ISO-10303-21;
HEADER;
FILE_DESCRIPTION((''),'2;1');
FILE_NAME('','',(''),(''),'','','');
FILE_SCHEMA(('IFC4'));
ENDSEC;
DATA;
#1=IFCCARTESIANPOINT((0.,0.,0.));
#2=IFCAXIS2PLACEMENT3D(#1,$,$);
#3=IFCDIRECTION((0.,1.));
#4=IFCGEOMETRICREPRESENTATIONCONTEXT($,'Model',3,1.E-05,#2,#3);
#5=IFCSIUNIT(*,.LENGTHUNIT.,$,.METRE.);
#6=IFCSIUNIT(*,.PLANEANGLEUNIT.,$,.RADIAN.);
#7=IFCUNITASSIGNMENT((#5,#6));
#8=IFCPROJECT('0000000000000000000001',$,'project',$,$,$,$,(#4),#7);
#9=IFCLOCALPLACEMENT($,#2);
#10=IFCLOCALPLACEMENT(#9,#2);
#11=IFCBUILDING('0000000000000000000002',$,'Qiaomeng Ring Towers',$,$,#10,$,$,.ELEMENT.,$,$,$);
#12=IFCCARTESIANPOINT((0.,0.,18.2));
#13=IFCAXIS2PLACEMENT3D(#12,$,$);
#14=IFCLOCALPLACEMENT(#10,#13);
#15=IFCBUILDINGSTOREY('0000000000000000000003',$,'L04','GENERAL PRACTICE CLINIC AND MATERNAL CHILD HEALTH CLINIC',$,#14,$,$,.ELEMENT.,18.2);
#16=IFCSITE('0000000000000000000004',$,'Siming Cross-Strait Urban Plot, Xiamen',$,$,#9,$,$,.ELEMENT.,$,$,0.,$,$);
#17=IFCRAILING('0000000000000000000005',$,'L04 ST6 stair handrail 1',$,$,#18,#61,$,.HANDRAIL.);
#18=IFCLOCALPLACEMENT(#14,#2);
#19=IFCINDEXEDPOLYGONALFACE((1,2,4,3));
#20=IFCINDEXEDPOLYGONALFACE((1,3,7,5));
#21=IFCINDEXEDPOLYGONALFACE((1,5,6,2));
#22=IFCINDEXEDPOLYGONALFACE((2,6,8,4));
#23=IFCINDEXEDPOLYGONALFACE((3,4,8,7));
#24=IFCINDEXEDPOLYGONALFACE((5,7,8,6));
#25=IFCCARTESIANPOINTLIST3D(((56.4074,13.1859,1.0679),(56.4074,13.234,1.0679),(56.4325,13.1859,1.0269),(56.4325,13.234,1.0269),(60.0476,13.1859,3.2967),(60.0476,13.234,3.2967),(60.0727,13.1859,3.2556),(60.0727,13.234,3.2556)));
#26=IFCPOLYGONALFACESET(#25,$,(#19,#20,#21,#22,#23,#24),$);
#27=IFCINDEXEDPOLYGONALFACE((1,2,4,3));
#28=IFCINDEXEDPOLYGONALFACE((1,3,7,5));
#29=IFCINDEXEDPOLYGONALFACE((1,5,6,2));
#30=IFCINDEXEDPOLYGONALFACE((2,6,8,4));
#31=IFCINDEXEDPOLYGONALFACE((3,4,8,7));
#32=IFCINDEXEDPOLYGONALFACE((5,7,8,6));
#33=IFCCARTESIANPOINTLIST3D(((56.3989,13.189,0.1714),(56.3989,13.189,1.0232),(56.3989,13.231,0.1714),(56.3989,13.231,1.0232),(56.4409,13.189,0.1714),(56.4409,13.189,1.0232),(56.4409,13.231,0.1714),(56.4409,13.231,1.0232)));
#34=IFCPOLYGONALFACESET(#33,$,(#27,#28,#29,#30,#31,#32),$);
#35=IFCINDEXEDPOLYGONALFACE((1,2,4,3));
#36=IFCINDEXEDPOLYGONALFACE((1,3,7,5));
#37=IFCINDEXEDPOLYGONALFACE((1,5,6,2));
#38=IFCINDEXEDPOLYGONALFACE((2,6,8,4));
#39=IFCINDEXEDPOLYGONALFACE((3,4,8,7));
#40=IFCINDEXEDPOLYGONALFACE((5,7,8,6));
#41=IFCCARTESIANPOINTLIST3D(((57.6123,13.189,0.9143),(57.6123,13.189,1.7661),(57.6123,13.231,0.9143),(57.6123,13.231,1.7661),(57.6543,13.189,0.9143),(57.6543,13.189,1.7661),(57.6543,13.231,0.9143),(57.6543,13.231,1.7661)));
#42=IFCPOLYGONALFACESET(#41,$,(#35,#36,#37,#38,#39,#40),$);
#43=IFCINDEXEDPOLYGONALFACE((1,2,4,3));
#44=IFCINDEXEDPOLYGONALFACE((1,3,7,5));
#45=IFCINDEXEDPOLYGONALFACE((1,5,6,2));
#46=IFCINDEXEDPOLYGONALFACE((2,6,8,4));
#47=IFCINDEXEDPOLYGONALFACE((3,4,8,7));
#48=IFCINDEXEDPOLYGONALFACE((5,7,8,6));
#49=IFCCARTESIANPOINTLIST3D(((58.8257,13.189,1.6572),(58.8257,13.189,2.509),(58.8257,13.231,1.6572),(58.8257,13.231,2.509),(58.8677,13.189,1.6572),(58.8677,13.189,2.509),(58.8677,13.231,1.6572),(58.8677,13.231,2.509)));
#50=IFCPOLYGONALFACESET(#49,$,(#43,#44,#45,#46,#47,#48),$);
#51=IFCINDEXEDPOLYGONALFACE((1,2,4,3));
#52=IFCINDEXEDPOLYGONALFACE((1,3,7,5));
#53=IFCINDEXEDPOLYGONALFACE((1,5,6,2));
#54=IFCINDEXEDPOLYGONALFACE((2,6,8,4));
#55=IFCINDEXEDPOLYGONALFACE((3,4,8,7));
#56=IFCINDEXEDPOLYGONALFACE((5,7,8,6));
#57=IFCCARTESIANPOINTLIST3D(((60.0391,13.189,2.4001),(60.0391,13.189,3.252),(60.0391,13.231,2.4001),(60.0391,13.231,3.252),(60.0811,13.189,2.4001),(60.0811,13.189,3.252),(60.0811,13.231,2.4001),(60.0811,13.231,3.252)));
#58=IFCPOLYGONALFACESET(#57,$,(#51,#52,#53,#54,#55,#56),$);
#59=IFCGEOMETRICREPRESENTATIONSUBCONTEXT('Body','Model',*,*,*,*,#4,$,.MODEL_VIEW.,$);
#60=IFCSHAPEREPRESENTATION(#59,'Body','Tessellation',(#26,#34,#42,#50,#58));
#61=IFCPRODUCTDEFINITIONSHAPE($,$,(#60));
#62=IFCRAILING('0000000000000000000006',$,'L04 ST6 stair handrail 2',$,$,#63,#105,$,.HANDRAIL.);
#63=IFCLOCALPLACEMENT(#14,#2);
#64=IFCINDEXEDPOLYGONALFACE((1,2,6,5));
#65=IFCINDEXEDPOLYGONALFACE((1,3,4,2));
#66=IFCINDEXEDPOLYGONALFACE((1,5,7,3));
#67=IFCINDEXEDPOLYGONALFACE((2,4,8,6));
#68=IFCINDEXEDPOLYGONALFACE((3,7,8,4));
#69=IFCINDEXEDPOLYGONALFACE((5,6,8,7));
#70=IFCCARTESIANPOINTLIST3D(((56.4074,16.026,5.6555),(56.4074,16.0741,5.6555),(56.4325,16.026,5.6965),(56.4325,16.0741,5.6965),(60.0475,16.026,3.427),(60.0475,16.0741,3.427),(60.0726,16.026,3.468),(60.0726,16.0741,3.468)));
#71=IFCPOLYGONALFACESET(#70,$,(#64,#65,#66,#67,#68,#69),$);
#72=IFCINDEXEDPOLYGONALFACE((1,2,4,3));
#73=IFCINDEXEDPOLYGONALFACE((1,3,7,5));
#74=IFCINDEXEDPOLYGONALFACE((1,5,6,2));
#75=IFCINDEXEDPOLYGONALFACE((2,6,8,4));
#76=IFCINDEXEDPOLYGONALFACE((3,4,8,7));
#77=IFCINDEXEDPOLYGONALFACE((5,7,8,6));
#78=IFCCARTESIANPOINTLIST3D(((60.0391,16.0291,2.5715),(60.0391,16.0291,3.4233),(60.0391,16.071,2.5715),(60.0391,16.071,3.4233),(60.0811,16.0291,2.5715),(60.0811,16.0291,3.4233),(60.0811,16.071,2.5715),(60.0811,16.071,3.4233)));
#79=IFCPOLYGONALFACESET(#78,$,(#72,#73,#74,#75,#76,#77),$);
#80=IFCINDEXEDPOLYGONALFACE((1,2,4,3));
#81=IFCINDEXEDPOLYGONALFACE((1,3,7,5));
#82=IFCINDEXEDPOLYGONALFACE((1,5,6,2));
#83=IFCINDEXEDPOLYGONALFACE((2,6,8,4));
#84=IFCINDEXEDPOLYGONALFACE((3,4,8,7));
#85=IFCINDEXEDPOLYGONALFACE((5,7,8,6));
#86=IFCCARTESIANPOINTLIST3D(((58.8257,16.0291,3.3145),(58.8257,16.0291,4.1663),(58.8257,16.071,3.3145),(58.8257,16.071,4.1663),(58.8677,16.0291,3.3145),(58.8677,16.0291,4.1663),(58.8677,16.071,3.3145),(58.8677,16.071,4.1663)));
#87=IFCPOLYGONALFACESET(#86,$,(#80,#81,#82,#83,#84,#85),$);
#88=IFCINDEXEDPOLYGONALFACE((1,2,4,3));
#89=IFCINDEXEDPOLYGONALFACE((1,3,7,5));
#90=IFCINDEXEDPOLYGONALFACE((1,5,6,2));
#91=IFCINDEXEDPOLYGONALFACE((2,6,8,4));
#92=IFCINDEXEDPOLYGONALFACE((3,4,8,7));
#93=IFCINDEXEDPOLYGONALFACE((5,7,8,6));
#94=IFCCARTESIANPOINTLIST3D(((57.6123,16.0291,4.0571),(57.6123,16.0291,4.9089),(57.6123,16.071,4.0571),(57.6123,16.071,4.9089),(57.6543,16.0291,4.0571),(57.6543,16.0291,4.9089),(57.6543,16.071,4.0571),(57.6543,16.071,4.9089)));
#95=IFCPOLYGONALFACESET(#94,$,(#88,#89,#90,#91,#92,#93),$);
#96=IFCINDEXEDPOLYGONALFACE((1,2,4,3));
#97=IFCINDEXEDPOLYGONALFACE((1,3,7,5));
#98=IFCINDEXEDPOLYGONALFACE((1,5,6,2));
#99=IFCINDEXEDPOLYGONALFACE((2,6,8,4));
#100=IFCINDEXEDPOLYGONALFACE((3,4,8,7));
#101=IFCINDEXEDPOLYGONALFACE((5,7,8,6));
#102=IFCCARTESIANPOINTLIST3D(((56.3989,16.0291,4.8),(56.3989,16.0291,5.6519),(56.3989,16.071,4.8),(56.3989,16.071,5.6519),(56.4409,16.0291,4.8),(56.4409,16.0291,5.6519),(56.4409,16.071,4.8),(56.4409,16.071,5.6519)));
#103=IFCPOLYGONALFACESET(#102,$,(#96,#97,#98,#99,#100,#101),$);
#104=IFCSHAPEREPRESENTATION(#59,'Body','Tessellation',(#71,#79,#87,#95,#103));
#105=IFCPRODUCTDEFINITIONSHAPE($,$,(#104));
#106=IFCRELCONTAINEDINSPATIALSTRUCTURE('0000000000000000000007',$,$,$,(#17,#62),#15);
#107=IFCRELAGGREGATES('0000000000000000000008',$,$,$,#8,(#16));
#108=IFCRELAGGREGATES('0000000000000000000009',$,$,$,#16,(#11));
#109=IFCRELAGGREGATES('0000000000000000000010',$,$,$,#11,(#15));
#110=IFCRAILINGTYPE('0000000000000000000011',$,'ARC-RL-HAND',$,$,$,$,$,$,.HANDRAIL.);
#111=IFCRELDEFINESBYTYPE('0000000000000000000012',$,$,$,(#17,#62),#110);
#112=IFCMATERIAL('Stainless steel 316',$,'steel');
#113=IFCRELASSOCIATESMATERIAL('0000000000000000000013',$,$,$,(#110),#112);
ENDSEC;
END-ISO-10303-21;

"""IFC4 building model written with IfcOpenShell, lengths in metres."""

from ifc_helpers import new_model, si_unit, direction, frame, origin, origin_2d, place, context, subcontext, project, spatial, rectangle, extrude, material, type_object, element, save


model = new_model("IFC4")

# Units and contexts
model_context = context("Model", 3, precision=1e-05, world=origin(), true_north=direction((0.0, 1.0)))
body_context = subcontext(model_context, "Body", "Model", "MODEL_VIEW")
ifc_project = project(units=[si_unit("LENGTHUNIT", "METRE"), si_unit("PLANEANGLEUNIT", "RADIAN")], contexts=[model_context])

# Site, building, storey
site_placement = place(None, origin())
site = spatial("IfcSite", under=ifc_project, at=site_placement, Name="Siming Cross-Strait Urban Plot, Xiamen", CompositionType="ELEMENT", RefElevation=0.0)
building_placement = place(site_placement, origin())
building = spatial("IfcBuilding", under=site, at=building_placement, Name="Qiaomeng Ring Towers", CompositionType="ELEMENT")
storey_placement = place(building_placement, frame((0.0, 0.0, 18.2)))
storey = spatial("IfcBuildingStorey", under=building, at=storey_placement, Name="L04", Description="GENERAL PRACTICE CLINIC AND MATERNAL CHILD HEALTH CLINIC", CompositionType="ELEMENT", Elevation=18.2)

# Shared definitions
ifc_material_1 = material(Name="Stainless steel 316", Category="steel")

# Railings
railing_type_1 = type_object("IfcRailingType", Name="ARC-RL-HAND", PredefinedType="HANDRAIL", material=ifc_material_1)
railing_1_placement = place(storey_placement, frame((56.4199, 13.21, 0.1714)))
element("IfcRailing", 1, at=railing_1_placement, inside=storey, type_object=railing_type_1, Name="L04 ST6 stair handrail 1", PredefinedType="HANDRAIL", context=body_context, shape_type="SweptSolid", body=[
    extrude(rectangle(XDim=0.0481, YDim=0.0481, at=origin_2d()), frame((0.0, 0.0, 0.876), z_axis=(0.85284, 0.0, 0.522172), x_axis=(0.0, 1.0, 0.0)), (0.0, 0.0, 1.0), 4.2683),
    extrude(rectangle(XDim=0.042, YDim=0.042, at=origin_2d()), origin(), (0.0, 0.0, 1.0), 0.8518),
    extrude(rectangle(XDim=0.042, YDim=0.042, at=origin_2d()), frame((1.2134, 0.0, 0.7429)), (0.0, 0.0, 1.0), 0.8518),
    extrude(rectangle(XDim=0.042, YDim=0.042, at=origin_2d()), frame((2.4268, 0.0, 1.4858)), (0.0, 0.0, 1.0), 0.8518),
    extrude(rectangle(XDim=0.042, YDim=0.042, at=origin_2d()), frame((3.6401, 0.0, 2.2288)), (0.0, 0.0, 1.0), 0.8518),
])
railing_2_placement = place(storey_placement, frame((60.0601, 16.05, 2.5715)))
element("IfcRailing", 2, at=railing_2_placement, inside=storey, type_object=railing_type_1, Name="L04 ST6 stair handrail 2", PredefinedType="HANDRAIL", context=body_context, shape_type="SweptSolid", body=[
    extrude(rectangle(XDim=0.0481, YDim=0.0481, at=origin_2d()), frame((0.0, 0.0, 0.876), z_axis=(-0.852866, 0.0, 0.52213), x_axis=(0.0, -1.0, 0.0)), (0.0, 0.0, 1.0), 4.2681),
    extrude(rectangle(XDim=0.042, YDim=0.042, at=origin_2d()), origin(), (0.0, 0.0, 1.0), 0.8518),
    extrude(rectangle(XDim=0.042, YDim=0.042, at=origin_2d()), frame((-1.2134, 0.0, 0.7429)), (0.0, 0.0, 1.0), 0.8518),
    extrude(rectangle(XDim=0.042, YDim=0.042, at=origin_2d()), frame((-2.4268, 0.0, 1.4856)), (0.0, 0.0, 1.0), 0.8518),
    extrude(rectangle(XDim=0.042, YDim=0.042, at=origin_2d()), frame((-3.6401, 0.0, 2.2285)), (0.0, 0.0, 1.0), 0.8518),
])

save(model, "model.ifc")
